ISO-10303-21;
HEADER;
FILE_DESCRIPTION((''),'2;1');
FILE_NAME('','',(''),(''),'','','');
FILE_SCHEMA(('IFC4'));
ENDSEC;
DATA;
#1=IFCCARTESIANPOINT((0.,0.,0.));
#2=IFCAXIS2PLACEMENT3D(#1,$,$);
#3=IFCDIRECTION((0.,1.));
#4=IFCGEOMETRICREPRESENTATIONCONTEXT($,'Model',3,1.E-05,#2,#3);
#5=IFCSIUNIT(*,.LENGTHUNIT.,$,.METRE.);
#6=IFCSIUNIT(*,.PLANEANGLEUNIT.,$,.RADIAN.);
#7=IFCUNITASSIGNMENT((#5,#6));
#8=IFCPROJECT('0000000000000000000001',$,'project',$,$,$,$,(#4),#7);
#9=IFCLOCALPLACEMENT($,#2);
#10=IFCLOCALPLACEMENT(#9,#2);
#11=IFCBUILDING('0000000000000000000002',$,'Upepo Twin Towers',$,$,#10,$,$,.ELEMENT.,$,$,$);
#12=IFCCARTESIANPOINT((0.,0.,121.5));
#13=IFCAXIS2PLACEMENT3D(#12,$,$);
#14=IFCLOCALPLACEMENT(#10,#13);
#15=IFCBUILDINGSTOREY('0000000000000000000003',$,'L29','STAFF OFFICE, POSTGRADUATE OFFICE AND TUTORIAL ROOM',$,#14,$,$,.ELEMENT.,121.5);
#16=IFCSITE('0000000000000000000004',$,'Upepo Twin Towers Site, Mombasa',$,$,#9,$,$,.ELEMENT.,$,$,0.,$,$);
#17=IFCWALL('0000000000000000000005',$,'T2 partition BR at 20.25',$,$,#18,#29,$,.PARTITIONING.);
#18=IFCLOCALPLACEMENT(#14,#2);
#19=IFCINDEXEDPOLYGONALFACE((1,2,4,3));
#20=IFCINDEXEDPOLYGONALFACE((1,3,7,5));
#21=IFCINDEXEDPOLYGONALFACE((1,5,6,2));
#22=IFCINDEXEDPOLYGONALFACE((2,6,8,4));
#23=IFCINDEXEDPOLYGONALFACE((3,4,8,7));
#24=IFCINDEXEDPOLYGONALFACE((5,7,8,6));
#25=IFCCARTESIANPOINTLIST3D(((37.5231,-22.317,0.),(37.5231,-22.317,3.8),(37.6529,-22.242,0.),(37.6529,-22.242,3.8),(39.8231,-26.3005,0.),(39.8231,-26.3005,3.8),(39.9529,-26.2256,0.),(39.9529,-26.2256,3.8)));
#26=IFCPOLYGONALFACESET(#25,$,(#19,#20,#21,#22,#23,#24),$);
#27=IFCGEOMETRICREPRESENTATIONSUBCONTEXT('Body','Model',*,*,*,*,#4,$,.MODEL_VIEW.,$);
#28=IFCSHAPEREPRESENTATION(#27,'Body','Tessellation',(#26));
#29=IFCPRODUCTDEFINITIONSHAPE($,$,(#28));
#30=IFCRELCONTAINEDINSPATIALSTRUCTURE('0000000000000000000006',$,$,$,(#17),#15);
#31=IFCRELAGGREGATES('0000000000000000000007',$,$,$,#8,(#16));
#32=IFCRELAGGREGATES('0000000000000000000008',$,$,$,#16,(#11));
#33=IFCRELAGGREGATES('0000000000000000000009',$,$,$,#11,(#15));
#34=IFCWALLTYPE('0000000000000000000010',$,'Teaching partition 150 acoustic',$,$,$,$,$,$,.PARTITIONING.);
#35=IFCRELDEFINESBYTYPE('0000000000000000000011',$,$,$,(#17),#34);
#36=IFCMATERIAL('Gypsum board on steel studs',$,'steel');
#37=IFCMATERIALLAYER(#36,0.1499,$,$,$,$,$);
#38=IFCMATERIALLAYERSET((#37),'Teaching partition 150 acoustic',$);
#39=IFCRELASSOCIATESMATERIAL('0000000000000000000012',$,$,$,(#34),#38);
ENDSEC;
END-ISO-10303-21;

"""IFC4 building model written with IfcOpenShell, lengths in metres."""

from ifc_helpers import new_model, si_unit, direction, frame, frame_2d, origin, place, context, subcontext, project, spatial, rectangle, extrude, material, layer, layer_set, type_object, element, save


model = new_model("IFC4")

# Units and contexts
model_context = context("Model", 3, precision=1e-05, world=origin(), true_north=direction((0.0, 1.0)))
body_context = subcontext(model_context, "Body", "Model", "MODEL_VIEW")
ifc_project = project(units=[si_unit("LENGTHUNIT", "METRE"), si_unit("PLANEANGLEUNIT", "RADIAN")], contexts=[model_context])

# Site, building, storey
site_placement = place(None, origin())
site = spatial("IfcSite", under=ifc_project, at=site_placement, Name="Upepo Twin Towers Site, Mombasa", CompositionType="ELEMENT", RefElevation=0.0)
building_placement = place(site_placement, origin())
building = spatial("IfcBuilding", under=site, at=building_placement, Name="Upepo Twin Towers", CompositionType="ELEMENT")
storey_placement = place(building_placement, frame((0.0, 0.0, 121.5)))
storey = spatial("IfcBuildingStorey", under=building, at=storey_placement, Name="L29", Description="STAFF OFFICE, POSTGRADUATE OFFICE AND TUTORIAL ROOM", CompositionType="ELEMENT", Elevation=121.5)

# Shared definitions
ifc_material_1 = material(Name="Gypsum board on steel studs", Category="steel")
ifc_layer_1 = layer(ifc_material_1, 0.1499)
ifc_layer_set_1 = layer_set([ifc_layer_1], Name="Teaching partition 150 acoustic")
wall_type_1 = type_object("IfcWallType", Name="Teaching partition 150 acoustic", PredefinedType="PARTITIONING", material=ifc_layer_set_1)

# Wall
wall_1_placement = place(storey_placement, frame((39.8879, -26.2629, 0.0), z_axis=(0.0, 0.0, 1.0), x_axis=(-0.500015, 0.866017, 0.0)))
element("IfcWall", 1, at=wall_1_placement, inside=storey, type_object=wall_type_1, Name="T2 partition BR at 20.25", PredefinedType="PARTITIONING", context=body_context, shape_type="SweptSolid", body=[
    extrude(rectangle(XDim=4.5999, YDim=0.1499, at=frame_2d((2.2998, 0.0))), origin(), (0.0, 0.0, 1.0), 3.8),
])

save(model, "model.ifc")
